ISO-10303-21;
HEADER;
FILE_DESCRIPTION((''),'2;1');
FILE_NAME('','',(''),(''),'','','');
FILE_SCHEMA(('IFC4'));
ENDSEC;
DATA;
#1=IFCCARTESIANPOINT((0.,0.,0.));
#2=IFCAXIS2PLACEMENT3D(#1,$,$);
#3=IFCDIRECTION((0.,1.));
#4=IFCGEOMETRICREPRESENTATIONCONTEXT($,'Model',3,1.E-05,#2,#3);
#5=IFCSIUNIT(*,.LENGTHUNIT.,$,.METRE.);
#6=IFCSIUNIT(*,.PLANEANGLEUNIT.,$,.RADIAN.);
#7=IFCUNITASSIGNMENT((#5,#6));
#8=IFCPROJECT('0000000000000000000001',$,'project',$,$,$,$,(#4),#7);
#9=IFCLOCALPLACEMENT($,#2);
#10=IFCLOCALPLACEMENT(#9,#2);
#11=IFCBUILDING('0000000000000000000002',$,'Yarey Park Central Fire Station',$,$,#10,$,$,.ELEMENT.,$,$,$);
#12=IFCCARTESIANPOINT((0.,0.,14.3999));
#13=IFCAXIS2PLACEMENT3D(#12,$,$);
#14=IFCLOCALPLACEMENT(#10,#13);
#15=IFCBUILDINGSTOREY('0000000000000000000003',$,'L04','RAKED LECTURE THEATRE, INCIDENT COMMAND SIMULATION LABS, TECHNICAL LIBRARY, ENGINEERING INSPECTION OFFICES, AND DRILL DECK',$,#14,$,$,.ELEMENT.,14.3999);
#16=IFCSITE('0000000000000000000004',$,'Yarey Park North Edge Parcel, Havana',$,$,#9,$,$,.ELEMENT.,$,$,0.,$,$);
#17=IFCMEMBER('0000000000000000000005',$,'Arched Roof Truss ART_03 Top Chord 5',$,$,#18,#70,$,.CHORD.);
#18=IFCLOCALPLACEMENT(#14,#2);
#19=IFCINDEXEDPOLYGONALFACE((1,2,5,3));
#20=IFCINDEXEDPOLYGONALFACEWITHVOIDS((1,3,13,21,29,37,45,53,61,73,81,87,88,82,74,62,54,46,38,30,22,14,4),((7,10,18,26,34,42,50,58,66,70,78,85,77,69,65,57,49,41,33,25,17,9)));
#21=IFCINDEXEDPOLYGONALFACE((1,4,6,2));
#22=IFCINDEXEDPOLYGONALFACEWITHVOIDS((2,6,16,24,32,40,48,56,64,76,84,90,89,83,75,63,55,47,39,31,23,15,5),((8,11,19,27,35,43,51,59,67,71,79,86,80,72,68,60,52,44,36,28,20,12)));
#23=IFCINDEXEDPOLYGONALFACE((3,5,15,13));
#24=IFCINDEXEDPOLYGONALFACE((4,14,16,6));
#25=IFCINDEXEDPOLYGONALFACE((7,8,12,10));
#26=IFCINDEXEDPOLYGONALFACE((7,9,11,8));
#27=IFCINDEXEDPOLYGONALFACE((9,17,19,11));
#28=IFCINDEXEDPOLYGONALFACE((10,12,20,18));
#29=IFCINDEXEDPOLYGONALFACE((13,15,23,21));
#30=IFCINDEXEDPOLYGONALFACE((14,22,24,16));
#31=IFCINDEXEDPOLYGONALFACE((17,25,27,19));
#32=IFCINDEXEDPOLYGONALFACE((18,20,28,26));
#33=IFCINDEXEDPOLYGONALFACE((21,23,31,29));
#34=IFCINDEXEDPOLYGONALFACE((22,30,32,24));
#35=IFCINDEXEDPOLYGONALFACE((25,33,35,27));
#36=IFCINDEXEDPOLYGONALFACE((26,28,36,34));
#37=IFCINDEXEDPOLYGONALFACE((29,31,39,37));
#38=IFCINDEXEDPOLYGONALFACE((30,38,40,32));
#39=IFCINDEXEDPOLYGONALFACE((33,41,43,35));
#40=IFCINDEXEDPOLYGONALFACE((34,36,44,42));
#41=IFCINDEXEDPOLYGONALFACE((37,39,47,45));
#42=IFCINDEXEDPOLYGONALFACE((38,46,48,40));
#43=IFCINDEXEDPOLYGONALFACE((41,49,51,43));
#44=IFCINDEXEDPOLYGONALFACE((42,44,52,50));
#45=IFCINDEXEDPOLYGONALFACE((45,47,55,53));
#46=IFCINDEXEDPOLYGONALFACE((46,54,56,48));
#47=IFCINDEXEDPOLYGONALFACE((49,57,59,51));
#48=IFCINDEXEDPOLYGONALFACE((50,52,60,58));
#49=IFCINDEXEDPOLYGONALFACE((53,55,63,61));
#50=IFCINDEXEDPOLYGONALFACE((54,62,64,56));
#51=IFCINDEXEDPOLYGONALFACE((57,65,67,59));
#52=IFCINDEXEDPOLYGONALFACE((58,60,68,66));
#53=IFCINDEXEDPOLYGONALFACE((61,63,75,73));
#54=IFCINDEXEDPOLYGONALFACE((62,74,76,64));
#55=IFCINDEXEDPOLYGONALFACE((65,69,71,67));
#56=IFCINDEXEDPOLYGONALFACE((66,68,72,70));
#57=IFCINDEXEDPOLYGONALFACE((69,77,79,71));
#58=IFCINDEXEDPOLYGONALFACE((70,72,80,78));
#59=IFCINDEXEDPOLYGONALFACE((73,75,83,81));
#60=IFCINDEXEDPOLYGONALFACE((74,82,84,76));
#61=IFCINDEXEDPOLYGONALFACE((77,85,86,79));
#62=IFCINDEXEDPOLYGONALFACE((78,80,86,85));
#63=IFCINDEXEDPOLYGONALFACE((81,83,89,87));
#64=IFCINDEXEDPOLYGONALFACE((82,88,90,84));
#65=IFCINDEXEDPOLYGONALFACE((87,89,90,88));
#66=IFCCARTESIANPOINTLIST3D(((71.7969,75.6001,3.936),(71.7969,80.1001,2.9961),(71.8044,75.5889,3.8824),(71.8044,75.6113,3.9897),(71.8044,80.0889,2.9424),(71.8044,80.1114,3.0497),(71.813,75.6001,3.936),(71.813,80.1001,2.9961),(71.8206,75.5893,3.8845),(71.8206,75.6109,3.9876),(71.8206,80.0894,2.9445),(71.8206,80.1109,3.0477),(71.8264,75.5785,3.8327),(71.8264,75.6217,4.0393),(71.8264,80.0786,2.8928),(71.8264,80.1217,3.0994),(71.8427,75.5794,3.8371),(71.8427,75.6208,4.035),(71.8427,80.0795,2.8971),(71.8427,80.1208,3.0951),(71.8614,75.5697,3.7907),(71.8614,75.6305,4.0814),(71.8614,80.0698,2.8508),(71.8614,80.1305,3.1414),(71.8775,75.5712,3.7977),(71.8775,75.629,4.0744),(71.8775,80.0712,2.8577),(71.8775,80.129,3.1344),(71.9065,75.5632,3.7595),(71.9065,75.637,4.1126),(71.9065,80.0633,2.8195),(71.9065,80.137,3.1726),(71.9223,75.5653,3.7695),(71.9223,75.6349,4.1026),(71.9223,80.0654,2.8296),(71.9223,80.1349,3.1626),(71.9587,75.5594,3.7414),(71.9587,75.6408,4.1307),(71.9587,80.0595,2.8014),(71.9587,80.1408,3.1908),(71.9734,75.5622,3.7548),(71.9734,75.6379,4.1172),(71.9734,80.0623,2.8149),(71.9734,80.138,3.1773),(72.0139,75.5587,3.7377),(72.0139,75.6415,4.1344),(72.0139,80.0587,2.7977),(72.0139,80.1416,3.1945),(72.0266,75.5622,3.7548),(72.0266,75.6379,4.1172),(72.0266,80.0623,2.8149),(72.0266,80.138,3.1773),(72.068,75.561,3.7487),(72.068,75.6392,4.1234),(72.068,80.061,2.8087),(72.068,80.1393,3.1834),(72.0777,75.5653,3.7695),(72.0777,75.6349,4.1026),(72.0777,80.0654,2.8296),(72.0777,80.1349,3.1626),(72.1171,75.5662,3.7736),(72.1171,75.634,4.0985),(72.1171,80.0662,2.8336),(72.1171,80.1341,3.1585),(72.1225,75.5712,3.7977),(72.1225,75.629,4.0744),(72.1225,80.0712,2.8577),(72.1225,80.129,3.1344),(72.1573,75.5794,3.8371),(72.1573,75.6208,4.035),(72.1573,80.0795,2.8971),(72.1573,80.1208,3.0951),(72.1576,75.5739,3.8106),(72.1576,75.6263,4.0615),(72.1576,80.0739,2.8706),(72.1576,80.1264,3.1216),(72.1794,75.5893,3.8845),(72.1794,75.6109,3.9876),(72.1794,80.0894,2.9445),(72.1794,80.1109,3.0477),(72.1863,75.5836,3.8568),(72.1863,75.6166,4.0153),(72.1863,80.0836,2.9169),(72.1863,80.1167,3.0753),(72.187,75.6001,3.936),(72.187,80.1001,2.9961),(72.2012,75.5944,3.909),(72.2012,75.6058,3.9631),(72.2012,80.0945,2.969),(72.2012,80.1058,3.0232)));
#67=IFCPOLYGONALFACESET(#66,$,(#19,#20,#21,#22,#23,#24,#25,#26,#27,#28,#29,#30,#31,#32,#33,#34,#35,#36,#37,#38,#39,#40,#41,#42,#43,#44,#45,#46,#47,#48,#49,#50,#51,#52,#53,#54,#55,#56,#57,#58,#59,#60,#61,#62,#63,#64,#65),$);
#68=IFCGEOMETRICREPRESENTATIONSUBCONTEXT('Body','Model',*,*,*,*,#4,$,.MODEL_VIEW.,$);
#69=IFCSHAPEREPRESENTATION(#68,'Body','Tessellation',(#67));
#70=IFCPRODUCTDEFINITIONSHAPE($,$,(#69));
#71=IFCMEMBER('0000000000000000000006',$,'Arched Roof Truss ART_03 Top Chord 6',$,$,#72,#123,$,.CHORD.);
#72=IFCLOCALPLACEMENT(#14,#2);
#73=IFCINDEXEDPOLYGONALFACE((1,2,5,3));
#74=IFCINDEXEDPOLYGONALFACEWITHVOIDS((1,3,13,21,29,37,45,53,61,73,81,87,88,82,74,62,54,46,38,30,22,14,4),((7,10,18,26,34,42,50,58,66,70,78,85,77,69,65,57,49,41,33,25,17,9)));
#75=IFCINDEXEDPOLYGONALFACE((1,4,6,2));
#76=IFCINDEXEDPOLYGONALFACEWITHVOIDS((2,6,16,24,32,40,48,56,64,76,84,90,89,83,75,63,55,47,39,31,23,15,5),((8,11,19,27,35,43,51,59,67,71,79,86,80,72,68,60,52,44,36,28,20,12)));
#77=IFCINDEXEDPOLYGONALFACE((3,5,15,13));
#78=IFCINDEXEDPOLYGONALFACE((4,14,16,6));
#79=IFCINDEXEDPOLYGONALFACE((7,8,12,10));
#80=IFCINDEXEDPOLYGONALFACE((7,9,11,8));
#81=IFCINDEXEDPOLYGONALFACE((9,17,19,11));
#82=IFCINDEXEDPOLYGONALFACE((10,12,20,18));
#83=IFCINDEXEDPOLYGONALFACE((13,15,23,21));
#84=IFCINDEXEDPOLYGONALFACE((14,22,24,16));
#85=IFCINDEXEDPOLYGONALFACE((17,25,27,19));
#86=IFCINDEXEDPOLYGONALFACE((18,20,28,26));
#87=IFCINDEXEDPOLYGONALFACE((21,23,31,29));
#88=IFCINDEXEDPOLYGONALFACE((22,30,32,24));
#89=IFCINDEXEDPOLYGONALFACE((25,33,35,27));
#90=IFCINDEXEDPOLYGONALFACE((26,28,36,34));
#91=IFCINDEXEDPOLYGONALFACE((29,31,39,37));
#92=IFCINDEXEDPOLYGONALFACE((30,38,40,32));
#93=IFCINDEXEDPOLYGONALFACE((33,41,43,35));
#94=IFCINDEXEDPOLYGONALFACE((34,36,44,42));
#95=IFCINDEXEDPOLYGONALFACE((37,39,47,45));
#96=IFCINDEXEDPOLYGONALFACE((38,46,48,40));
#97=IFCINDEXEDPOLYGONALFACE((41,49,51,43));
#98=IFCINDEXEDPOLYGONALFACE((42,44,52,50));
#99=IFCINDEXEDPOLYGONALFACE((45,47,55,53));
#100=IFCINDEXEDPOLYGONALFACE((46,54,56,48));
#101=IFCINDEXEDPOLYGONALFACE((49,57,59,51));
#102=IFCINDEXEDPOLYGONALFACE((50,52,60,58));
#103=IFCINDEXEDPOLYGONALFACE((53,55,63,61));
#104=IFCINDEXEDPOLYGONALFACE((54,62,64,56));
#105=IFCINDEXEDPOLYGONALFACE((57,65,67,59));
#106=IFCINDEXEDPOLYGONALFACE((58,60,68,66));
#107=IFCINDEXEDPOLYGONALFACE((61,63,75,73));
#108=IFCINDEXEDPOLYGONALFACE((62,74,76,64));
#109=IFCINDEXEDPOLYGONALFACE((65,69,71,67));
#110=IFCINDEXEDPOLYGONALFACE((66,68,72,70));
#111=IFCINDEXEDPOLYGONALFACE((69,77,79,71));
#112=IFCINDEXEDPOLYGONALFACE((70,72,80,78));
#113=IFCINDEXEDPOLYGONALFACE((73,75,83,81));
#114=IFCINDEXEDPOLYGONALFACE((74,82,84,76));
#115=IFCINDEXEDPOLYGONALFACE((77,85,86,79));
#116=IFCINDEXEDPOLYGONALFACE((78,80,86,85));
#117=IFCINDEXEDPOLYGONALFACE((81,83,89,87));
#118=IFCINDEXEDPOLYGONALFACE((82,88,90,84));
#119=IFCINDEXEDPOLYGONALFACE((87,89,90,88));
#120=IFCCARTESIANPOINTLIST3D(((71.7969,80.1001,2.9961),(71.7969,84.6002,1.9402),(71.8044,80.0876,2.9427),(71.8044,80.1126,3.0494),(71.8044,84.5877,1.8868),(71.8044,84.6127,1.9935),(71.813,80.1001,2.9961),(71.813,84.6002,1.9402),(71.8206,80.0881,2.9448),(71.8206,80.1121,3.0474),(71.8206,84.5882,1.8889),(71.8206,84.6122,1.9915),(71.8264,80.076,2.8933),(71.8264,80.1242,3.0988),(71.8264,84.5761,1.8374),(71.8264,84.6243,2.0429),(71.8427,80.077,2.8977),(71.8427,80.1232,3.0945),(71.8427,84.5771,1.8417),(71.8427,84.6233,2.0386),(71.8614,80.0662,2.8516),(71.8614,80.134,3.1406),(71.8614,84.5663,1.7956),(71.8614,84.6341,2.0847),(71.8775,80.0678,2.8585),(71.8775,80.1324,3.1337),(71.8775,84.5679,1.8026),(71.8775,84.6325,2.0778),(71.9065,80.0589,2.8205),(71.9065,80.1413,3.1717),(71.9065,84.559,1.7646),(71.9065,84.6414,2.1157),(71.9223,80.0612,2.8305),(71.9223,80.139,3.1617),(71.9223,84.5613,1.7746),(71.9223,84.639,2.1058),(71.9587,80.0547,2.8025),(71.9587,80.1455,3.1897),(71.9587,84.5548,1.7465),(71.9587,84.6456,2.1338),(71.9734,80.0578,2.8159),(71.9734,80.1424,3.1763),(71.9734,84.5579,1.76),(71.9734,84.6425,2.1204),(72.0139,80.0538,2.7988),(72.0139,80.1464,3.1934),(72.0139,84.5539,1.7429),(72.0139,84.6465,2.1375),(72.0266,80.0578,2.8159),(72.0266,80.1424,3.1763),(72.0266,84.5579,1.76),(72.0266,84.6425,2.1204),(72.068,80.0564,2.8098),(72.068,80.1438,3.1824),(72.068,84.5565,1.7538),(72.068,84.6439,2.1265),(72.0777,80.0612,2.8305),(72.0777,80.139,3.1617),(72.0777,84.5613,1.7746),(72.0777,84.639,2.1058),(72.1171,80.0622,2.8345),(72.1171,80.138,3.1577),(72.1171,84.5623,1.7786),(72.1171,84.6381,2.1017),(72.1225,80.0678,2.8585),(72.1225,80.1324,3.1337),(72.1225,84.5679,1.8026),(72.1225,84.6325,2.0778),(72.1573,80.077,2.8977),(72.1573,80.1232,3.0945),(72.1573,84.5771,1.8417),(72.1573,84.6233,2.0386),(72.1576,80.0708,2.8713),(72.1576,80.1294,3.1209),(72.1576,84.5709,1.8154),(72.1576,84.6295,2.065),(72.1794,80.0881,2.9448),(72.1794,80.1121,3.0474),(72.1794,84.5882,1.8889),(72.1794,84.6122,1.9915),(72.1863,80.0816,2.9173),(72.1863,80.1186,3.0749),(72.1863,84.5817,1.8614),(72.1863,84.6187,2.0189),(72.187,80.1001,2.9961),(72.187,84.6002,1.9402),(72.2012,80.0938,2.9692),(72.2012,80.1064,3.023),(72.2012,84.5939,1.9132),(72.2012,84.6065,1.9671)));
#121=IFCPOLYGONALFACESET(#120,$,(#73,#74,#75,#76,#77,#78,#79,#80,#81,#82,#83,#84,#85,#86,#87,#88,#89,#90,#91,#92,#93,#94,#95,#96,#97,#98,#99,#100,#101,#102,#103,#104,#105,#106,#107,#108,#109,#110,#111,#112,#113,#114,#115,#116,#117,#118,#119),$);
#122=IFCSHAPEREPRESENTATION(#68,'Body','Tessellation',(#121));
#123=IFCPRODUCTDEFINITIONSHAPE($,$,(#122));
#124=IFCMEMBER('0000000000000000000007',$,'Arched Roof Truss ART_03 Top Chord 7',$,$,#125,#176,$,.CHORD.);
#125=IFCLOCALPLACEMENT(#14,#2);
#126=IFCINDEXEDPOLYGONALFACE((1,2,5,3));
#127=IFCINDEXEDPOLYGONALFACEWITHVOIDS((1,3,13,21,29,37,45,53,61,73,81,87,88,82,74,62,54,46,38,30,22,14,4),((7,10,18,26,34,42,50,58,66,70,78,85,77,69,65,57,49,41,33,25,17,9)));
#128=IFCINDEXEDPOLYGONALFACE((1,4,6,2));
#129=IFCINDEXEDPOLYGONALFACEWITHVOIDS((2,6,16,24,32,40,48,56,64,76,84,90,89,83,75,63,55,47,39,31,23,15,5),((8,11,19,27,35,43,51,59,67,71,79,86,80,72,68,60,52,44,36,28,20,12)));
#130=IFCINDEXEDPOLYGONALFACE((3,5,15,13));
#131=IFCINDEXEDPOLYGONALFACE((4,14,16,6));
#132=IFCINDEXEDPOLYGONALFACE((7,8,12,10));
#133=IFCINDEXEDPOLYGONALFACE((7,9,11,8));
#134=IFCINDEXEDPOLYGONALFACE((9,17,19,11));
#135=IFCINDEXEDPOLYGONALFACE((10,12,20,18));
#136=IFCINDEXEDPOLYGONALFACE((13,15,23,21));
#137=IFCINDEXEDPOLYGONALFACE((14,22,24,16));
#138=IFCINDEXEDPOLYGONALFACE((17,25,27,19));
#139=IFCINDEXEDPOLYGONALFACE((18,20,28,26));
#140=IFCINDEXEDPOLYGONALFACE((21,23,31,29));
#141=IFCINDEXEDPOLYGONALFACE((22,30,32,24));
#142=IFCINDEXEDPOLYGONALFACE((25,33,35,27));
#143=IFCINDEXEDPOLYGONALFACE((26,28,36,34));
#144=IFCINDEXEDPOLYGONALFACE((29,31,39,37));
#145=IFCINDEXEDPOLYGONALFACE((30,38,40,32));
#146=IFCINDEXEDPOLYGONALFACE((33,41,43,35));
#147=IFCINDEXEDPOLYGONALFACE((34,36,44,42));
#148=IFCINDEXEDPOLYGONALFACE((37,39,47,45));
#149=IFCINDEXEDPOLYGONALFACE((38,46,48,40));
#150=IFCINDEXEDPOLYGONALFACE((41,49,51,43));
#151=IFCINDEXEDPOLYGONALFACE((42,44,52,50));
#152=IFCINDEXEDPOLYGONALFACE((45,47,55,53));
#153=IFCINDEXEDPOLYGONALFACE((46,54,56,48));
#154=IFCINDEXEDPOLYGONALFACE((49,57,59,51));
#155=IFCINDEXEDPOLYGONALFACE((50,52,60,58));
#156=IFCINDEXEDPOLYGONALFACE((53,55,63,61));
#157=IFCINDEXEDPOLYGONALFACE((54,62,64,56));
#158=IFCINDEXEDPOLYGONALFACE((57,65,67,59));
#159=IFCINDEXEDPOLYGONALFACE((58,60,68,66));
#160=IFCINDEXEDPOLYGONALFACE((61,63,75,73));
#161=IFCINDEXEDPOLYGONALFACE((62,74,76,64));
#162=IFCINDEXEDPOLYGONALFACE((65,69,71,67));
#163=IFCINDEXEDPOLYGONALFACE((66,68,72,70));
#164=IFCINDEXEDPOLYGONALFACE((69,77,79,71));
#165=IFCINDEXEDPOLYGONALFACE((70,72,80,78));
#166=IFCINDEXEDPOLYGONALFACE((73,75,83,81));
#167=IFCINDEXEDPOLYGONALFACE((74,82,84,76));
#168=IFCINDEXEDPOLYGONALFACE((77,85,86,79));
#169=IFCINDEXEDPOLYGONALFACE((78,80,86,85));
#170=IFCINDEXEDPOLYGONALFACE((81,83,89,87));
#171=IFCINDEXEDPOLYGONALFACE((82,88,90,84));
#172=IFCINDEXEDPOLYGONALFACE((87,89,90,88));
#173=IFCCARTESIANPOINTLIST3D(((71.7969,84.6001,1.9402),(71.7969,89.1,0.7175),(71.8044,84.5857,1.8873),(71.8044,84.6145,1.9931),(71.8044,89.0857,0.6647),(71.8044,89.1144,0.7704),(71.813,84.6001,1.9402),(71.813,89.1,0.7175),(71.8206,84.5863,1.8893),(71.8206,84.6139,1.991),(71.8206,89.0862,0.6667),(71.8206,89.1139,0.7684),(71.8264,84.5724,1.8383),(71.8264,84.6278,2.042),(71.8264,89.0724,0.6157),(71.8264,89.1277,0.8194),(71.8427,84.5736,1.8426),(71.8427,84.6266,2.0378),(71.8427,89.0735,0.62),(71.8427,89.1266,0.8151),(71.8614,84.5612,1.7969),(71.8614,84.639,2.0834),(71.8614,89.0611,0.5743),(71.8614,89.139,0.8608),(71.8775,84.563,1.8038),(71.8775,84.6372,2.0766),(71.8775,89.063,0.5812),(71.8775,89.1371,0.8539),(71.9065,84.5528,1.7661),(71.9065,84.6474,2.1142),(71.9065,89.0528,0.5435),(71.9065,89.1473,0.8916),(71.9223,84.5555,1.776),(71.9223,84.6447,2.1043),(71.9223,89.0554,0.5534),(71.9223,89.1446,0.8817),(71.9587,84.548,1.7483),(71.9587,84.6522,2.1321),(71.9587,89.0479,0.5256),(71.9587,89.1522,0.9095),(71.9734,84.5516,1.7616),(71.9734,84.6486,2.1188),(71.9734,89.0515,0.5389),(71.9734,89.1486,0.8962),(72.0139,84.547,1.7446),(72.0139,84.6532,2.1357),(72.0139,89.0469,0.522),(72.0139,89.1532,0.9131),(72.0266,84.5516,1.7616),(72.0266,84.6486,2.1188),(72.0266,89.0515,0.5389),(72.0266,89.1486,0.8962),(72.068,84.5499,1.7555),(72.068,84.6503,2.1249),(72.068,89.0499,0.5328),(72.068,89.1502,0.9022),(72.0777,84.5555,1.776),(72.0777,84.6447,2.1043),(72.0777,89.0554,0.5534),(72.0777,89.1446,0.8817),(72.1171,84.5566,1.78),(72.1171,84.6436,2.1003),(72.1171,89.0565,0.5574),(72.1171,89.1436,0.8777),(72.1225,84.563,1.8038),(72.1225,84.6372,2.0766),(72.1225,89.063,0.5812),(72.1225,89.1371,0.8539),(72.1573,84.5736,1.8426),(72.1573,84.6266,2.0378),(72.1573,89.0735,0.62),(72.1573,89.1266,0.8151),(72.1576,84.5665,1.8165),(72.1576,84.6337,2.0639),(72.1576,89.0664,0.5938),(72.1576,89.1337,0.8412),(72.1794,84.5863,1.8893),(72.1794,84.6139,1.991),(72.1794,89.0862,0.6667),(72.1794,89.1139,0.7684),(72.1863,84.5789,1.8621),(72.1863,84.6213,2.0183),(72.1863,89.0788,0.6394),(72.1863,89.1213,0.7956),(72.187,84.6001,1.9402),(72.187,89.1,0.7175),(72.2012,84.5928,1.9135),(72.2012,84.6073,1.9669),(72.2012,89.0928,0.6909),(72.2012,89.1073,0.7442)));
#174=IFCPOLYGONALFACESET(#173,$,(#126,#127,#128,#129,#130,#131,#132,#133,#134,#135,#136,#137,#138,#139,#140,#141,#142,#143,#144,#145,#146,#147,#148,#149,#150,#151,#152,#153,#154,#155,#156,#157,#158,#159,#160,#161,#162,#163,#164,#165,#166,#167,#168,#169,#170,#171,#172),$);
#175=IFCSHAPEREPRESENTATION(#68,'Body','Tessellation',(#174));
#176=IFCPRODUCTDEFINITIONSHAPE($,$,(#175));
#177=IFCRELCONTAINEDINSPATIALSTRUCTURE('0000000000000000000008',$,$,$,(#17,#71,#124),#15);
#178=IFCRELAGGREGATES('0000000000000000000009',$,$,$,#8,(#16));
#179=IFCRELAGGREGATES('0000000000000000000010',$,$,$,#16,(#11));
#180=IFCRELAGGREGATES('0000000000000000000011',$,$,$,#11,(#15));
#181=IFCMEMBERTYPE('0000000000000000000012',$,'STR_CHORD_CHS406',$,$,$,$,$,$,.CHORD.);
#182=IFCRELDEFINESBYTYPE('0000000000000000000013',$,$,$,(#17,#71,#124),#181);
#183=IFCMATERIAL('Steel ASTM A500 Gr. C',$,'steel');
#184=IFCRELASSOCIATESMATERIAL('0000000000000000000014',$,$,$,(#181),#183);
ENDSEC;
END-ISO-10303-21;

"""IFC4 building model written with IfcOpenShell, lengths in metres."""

from ifc_helpers import new_model, si_unit, direction, frame, origin, origin_2d, place, context, subcontext, project, spatial, hollow_circle, extrude, material, material_profile, profile_set, type_object, element, save


model = new_model("IFC4")

# Units and contexts
model_context = context("Model", 3, precision=1e-05, world=origin(), true_north=direction((0.0, 1.0)))
body_context = subcontext(model_context, "Body", "Model", "MODEL_VIEW")
ifc_project = project(units=[si_unit("LENGTHUNIT", "METRE"), si_unit("PLANEANGLEUNIT", "RADIAN")], contexts=[model_context])

# Site, building, storey
site_placement = place(None, origin())
site = spatial("IfcSite", under=ifc_project, at=site_placement, Name="Yarey Park North Edge Parcel, Havana", CompositionType="ELEMENT", RefElevation=0.0)
building_placement = place(site_placement, origin())
building = spatial("IfcBuilding", under=site, at=building_placement, Name="Yarey Park Central Fire Station", CompositionType="ELEMENT")
storey_placement = place(building_placement, frame((0.0, 0.0, 14.3999)))
storey = spatial("IfcBuildingStorey", under=building, at=storey_placement, Name="L04", Description="RAKED LECTURE THEATRE, INCIDENT COMMAND SIMULATION LABS, TECHNICAL LIBRARY, ENGINEERING INSPECTION OFFICES, AND DRILL DECK", CompositionType="ELEMENT", Elevation=14.3999)

# Members
ifc_material_1 = material(Name="Steel ASTM A500 Gr. C", Category="steel")
ifc_material_profile_1 = material_profile(ifc_material_1, hollow_circle(Radius=0.2031, WallThickness=0.0161, at=origin_2d()), Name="CHS 406.4x16")
ifc_profile_set_1 = profile_set([ifc_material_profile_1], Name="Steel ASTM A500 Gr. C")
member_type_1 = type_object("IfcMemberType", Name="STR_CHORD_CHS406", PredefinedType="CHORD", material=ifc_profile_set_1)
member_1_placement = place(storey_placement, frame((72.0, 75.6001, 3.936), z_axis=(0.0, 0.978874, -0.204463), x_axis=(-1.0, 0.0, 0.0)))
element("IfcMember", 1, at=member_1_placement, inside=storey, type_object=member_type_1, Name="Arched Roof Truss ART_03 Top Chord 5", PredefinedType="CHORD", context=body_context, shape_type="SweptSolid", body=[
    extrude(hollow_circle(Radius=0.2031, WallThickness=0.0161, at=origin_2d()), origin(), (0.0, 0.0, 1.0), 4.5972),
])
member_2_placement = place(storey_placement, frame((72.0, 80.1001, 2.9961), z_axis=(0.0, 0.973558, -0.228442), x_axis=(-1.0, 0.0, 0.0)))
element("IfcMember", 2, at=member_2_placement, inside=storey, type_object=member_type_1, Name="Arched Roof Truss ART_03 Top Chord 6", PredefinedType="CHORD", context=body_context, shape_type="SweptSolid", body=[
    extrude(hollow_circle(Radius=0.2031, WallThickness=0.0161, at=origin_2d()), origin(), (0.0, 0.0, 1.0), 4.6223),
])
member_3_placement = place(storey_placement, frame((72.0, 84.6001, 1.9402), z_axis=(0.0, 0.965015, -0.262196), x_axis=(-1.0, 0.0, 0.0)))
element("IfcMember", 3, at=member_3_placement, inside=storey, type_object=member_type_1, Name="Arched Roof Truss ART_03 Top Chord 7", PredefinedType="CHORD", context=body_context, shape_type="SweptSolid", body=[
    extrude(hollow_circle(Radius=0.2031, WallThickness=0.0161, at=origin_2d()), origin(), (0.0, 0.0, 1.0), 4.6631),
])

save(model, "model.ifc")
